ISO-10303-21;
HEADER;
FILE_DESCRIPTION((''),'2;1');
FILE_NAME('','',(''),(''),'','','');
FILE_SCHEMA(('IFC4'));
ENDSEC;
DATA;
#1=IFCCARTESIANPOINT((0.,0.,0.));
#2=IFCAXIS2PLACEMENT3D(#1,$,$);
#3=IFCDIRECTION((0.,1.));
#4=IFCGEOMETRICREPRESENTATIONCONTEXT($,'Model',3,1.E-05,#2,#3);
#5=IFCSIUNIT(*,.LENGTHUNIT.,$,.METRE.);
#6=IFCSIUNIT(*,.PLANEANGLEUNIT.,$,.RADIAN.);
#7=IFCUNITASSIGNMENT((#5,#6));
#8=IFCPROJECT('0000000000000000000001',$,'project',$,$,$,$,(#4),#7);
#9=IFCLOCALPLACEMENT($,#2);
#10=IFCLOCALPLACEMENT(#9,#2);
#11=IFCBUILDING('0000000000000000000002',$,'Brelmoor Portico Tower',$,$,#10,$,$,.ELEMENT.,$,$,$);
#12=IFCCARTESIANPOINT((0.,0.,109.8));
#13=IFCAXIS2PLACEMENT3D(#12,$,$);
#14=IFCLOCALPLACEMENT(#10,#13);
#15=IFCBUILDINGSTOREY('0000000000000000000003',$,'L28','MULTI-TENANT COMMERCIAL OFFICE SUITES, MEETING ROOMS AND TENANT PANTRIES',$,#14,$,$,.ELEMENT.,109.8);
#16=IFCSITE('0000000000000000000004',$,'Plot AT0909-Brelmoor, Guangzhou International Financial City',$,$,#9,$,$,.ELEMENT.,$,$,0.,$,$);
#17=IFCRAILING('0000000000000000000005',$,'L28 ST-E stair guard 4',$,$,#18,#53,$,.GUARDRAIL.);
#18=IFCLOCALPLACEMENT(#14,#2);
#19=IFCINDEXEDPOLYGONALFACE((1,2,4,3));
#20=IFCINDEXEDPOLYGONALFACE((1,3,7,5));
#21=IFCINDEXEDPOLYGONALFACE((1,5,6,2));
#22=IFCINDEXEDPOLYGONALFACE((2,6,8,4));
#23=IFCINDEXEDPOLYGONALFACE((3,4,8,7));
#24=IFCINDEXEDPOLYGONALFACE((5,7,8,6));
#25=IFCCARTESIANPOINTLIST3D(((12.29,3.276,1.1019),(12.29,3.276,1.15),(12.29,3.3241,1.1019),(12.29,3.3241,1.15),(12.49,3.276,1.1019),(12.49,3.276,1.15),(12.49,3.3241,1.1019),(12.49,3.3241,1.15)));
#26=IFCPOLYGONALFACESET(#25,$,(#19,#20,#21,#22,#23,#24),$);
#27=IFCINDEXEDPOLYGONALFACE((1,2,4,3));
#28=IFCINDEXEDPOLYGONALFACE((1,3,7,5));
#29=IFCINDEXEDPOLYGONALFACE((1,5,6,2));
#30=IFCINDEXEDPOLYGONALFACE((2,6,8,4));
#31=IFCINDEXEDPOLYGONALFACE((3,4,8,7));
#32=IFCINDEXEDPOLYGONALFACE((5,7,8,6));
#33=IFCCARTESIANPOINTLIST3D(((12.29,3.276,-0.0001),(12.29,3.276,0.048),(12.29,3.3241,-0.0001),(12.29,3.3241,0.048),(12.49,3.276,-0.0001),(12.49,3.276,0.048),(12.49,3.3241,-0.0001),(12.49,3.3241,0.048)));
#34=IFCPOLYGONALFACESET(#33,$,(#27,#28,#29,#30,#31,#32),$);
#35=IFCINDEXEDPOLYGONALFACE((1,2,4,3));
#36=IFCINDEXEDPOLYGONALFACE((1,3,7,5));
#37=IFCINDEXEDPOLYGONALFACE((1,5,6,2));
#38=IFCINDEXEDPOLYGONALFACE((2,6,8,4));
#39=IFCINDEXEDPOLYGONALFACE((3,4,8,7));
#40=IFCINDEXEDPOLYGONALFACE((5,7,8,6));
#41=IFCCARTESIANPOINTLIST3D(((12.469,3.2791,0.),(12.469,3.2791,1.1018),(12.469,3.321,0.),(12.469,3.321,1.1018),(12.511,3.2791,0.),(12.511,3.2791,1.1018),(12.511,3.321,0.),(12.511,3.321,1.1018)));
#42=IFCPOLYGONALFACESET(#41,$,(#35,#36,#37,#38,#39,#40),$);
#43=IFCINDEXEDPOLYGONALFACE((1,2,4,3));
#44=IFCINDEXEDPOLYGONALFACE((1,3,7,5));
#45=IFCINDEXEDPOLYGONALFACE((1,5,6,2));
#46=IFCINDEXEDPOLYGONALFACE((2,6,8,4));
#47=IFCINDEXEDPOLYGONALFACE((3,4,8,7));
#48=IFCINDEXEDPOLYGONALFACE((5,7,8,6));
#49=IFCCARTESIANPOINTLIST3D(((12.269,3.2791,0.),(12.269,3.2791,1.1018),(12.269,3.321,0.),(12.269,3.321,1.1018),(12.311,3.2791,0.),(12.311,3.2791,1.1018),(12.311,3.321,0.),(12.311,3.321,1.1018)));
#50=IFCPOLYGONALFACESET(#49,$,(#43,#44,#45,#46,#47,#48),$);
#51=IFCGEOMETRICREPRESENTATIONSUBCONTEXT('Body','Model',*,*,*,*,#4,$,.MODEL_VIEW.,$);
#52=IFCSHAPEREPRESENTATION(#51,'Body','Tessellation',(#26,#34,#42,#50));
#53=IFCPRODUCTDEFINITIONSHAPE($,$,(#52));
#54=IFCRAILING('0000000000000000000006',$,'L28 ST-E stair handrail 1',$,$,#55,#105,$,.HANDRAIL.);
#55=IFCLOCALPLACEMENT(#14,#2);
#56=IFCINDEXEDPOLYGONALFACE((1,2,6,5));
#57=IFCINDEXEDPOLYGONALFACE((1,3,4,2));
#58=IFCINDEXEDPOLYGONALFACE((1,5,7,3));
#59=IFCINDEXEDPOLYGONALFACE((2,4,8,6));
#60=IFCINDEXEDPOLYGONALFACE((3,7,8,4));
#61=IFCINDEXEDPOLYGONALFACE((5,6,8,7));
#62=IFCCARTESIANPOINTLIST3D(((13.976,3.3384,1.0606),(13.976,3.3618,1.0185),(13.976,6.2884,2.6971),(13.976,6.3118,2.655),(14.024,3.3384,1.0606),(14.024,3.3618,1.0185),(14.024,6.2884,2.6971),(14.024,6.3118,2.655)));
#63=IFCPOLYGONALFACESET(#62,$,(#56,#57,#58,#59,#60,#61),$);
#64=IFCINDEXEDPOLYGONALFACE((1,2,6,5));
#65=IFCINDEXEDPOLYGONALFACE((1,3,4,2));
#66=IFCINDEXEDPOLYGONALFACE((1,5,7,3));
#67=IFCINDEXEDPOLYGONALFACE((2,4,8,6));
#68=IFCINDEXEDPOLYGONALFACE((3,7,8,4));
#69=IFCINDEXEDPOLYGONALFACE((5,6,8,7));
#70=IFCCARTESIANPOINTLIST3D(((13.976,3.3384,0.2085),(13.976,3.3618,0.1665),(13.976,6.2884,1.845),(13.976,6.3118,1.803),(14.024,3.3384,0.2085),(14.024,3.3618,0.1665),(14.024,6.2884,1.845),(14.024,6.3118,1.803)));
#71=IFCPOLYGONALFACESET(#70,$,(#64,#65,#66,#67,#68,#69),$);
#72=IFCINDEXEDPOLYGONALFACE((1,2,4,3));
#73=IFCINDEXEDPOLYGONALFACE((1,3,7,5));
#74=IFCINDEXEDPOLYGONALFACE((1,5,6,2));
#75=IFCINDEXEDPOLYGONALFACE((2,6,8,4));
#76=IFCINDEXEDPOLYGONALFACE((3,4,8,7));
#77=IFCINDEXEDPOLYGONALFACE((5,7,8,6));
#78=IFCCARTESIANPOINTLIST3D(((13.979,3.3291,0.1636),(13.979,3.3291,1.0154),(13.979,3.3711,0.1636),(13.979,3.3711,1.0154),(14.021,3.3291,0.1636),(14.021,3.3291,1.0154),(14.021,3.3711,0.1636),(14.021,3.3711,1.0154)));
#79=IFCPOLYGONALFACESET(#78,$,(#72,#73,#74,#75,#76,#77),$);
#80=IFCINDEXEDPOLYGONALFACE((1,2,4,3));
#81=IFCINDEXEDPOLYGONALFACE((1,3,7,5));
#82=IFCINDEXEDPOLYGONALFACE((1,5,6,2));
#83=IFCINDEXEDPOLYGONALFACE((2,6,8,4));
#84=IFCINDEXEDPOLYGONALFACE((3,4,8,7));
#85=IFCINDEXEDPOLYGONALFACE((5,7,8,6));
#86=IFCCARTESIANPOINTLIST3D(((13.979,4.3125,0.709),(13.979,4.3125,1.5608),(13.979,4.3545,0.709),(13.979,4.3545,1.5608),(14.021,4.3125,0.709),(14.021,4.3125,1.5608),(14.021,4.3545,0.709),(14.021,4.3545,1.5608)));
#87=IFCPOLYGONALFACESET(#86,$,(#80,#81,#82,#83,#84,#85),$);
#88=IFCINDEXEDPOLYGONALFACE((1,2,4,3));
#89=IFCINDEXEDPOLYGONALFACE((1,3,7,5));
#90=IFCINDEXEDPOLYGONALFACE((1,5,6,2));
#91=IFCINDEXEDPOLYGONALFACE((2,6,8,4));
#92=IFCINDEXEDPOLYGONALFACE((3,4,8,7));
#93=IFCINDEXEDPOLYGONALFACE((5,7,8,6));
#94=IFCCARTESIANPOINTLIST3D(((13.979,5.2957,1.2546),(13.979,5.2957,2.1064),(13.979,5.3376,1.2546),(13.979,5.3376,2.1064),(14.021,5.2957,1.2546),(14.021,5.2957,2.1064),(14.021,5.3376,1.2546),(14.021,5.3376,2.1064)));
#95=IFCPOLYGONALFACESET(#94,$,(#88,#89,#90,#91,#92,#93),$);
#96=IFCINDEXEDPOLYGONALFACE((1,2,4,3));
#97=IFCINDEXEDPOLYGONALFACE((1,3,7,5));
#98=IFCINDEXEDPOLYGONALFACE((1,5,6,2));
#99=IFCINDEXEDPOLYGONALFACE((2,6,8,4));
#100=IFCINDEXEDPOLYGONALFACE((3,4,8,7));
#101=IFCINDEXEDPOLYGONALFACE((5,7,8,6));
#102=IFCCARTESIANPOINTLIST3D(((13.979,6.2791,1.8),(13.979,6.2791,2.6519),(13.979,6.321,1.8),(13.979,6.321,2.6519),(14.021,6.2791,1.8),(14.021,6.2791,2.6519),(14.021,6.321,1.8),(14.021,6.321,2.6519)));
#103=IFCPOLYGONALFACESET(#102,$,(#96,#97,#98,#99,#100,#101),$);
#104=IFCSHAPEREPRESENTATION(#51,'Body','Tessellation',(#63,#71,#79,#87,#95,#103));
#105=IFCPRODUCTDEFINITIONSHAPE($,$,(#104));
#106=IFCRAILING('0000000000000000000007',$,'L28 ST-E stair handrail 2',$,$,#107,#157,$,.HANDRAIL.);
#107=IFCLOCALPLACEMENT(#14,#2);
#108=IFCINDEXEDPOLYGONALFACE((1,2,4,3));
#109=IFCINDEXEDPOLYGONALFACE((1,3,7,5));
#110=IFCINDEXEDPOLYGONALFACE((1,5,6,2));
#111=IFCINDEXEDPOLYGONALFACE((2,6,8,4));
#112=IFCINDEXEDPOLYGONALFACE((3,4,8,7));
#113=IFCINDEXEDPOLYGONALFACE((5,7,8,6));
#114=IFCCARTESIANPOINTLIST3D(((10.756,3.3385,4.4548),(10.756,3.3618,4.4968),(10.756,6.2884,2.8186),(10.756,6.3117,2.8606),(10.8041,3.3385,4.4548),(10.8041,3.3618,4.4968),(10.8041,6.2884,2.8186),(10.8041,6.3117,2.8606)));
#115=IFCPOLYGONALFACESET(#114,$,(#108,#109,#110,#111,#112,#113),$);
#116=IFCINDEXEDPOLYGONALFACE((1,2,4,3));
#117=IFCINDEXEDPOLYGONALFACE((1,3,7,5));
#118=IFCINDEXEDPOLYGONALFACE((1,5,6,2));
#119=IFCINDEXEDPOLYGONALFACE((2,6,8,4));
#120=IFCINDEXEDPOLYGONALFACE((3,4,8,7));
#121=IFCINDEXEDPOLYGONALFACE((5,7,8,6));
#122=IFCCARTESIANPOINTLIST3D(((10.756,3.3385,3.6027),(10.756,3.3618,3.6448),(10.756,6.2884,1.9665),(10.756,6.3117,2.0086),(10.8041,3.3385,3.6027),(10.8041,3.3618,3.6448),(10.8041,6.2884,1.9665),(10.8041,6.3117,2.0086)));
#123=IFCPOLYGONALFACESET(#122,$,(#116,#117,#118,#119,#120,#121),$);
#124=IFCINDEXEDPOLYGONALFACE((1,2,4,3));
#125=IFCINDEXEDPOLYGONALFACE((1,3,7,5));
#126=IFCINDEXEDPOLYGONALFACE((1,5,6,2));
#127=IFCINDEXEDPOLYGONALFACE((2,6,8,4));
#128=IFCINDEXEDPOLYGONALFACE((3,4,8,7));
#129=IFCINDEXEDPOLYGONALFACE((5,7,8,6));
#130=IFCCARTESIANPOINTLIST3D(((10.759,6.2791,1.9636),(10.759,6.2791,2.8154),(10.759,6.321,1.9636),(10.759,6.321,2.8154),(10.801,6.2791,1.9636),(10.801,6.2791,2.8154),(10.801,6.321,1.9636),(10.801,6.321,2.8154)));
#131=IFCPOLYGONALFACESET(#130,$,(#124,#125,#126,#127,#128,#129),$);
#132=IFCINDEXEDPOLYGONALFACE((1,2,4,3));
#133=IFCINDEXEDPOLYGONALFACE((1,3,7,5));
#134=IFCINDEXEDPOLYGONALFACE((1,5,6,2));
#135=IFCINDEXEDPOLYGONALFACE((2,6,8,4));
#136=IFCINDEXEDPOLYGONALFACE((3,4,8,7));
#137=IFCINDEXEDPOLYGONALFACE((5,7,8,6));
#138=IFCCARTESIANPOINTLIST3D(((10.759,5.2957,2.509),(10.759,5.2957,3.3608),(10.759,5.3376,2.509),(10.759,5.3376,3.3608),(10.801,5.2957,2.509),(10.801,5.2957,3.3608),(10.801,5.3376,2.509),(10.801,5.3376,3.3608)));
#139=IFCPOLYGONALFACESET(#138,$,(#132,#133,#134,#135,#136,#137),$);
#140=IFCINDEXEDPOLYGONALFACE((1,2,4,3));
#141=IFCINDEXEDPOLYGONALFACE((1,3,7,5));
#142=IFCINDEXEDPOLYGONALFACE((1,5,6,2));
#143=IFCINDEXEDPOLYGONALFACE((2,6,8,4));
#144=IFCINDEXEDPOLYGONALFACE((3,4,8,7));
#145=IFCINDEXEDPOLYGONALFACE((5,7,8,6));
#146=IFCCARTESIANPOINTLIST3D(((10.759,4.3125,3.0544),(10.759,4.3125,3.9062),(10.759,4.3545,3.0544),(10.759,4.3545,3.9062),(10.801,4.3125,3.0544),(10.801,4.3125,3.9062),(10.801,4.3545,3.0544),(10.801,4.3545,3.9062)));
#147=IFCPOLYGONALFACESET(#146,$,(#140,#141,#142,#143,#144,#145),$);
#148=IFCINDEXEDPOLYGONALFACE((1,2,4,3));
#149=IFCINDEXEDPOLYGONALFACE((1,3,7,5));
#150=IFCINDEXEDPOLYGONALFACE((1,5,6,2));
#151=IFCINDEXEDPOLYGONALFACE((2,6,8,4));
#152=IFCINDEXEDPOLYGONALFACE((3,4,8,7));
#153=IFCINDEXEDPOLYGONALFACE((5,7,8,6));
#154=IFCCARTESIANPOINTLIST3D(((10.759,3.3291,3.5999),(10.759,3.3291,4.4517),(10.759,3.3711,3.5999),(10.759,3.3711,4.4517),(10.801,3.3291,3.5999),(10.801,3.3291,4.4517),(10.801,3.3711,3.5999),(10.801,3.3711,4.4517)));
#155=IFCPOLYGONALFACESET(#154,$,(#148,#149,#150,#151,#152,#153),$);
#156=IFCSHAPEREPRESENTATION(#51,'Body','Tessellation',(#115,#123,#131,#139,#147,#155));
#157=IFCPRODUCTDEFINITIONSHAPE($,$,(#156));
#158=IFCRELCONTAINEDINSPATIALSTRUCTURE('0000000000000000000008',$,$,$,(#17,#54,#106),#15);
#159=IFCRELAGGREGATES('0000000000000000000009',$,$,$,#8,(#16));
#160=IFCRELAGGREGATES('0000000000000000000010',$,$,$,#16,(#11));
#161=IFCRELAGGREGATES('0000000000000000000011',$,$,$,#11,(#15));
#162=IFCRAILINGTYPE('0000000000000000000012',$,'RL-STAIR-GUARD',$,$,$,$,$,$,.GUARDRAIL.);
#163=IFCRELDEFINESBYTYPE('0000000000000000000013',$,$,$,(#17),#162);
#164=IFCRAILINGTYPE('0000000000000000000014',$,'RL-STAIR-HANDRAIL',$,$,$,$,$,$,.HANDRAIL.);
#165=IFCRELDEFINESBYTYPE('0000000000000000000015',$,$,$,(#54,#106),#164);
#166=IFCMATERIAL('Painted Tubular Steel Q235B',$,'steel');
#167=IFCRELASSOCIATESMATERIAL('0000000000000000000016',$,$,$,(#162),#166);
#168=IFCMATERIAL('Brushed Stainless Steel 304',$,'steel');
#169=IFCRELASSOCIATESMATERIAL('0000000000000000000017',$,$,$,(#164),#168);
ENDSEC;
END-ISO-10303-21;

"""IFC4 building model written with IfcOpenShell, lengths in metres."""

from ifc_helpers import new_model, si_unit, direction, frame, origin, origin_2d, place, context, subcontext, project, spatial, rectangle, extrude, material, type_object, element, save


model = new_model("IFC4")

# Units and contexts
model_context = context("Model", 3, precision=1e-05, world=origin(), true_north=direction((0.0, 1.0)))
body_context = subcontext(model_context, "Body", "Model", "MODEL_VIEW")
ifc_project = project(units=[si_unit("LENGTHUNIT", "METRE"), si_unit("PLANEANGLEUNIT", "RADIAN")], contexts=[model_context])

# Site, building, storey
site_placement = place(None, origin())
site = spatial("IfcSite", under=ifc_project, at=site_placement, Name="Plot AT0909-Brelmoor, Guangzhou International Financial City", CompositionType="ELEMENT", RefElevation=0.0)
building_placement = place(site_placement, origin())
building = spatial("IfcBuilding", under=site, at=building_placement, Name="Brelmoor Portico Tower", CompositionType="ELEMENT")
storey_placement = place(building_placement, frame((0.0, 0.0, 109.8)))
storey = spatial("IfcBuildingStorey", under=building, at=storey_placement, Name="L28", Description="MULTI-TENANT COMMERCIAL OFFICE SUITES, MEETING ROOMS AND TENANT PANTRIES", CompositionType="ELEMENT", Elevation=109.8)

# Railings
ifc_material_1 = material(Name="Painted Tubular Steel Q235B", Category="steel")
railing_type_1 = type_object("IfcRailingType", Name="RL-STAIR-GUARD", PredefinedType="GUARDRAIL", material=ifc_material_1)
railing_1_placement = place(storey_placement, frame((12.49, 3.3, 0.0)))
element("IfcRailing", 1, at=railing_1_placement, inside=storey, type_object=railing_type_1, Name="L28 ST-E stair guard 4", PredefinedType="GUARDRAIL", context=body_context, shape_type="SweptSolid", body=[
    extrude(rectangle(XDim=0.0481, YDim=0.0481, at=origin_2d()), frame((0.0, 0.0, 1.126), z_axis=(-1.0, 0.0, 0.0), x_axis=(0.0, -1.0, 0.0)), (0.0, 0.0, 1.0), 0.2),
    extrude(rectangle(XDim=0.0481, YDim=0.0481, at=origin_2d()), frame((0.0, 0.0, 0.0239), z_axis=(-1.0, 0.0, 0.0), x_axis=(0.0, -1.0, 0.0)), (0.0, 0.0, 1.0), 0.2),
    extrude(rectangle(XDim=0.042, YDim=0.042, at=origin_2d()), origin(), (0.0, 0.0, 1.0), 1.1018),
    extrude(rectangle(XDim=0.042, YDim=0.042, at=origin_2d()), frame((-0.2, 0.0, 0.0)), (0.0, 0.0, 1.0), 1.1018),
])
ifc_material_2 = material(Name="Brushed Stainless Steel 304", Category="steel")
railing_type_2 = type_object("IfcRailingType", Name="RL-STAIR-HANDRAIL", PredefinedType="HANDRAIL", material=ifc_material_2)
railing_2_placement = place(storey_placement, frame((14.0, 3.3501, 0.1636)))
element("IfcRailing", 2, at=railing_2_placement, inside=storey, type_object=railing_type_2, Name="L28 ST-E stair handrail 1", PredefinedType="HANDRAIL", context=body_context, shape_type="SweptSolid", body=[
    extrude(rectangle(XDim=0.0481, YDim=0.0481, at=origin_2d()), frame((0.0, 0.0, 0.876), z_axis=(0.0, 0.874458, 0.485102), x_axis=(-1.0, 0.0, 0.0)), (0.0, 0.0, 1.0), 3.3735),
    extrude(rectangle(XDim=0.0481, YDim=0.0481, at=origin_2d()), frame((0.0, 0.0, 0.0239), z_axis=(0.0, 0.874458, 0.485102), x_axis=(-1.0, 0.0, 0.0)), (0.0, 0.0, 1.0), 3.3735),
    extrude(rectangle(XDim=0.042, YDim=0.042, at=origin_2d()), origin(), (0.0, 0.0, 1.0), 0.8518),
    extrude(rectangle(XDim=0.042, YDim=0.042, at=origin_2d()), frame((0.0, 0.9834, 0.5454)), (0.0, 0.0, 1.0), 0.8518),
    extrude(rectangle(XDim=0.042, YDim=0.042, at=origin_2d()), frame((0.0, 1.9666, 1.0911)), (0.0, 0.0, 1.0), 0.8518),
    extrude(rectangle(XDim=0.042, YDim=0.042, at=origin_2d()), frame((0.0, 2.95, 1.6365)), (0.0, 0.0, 1.0), 0.8518),
])
railing_3_placement = place(storey_placement, frame((10.78, 6.3, 1.9636)))
element("IfcRailing", 3, at=railing_3_placement, inside=storey, type_object=railing_type_2, Name="L28 ST-E stair handrail 2", PredefinedType="HANDRAIL", context=body_context, shape_type="SweptSolid", body=[
    extrude(rectangle(XDim=0.0481, YDim=0.0481, at=origin_2d()), frame((0.0, 0.0, 0.876), z_axis=(0.0, -0.874488, 0.485047), x_axis=(1.0, 0.0, 0.0)), (0.0, 0.0, 1.0), 3.3733),
    extrude(rectangle(XDim=0.0481, YDim=0.0481, at=origin_2d()), frame((0.0, 0.0, 0.0239), z_axis=(0.0, -0.874488, 0.485047), x_axis=(1.0, 0.0, 0.0)), (0.0, 0.0, 1.0), 3.3733),
    extrude(rectangle(XDim=0.042, YDim=0.042, at=origin_2d()), origin(), (0.0, 0.0, 1.0), 0.8518),
    extrude(rectangle(XDim=0.042, YDim=0.042, at=origin_2d()), frame((0.0, -0.9834, 0.5454)), (0.0, 0.0, 1.0), 0.8518),
    extrude(rectangle(XDim=0.042, YDim=0.042, at=origin_2d()), frame((0.0, -1.9666, 1.0908)), (0.0, 0.0, 1.0), 0.8518),
    extrude(rectangle(XDim=0.042, YDim=0.042, at=origin_2d()), frame((0.0, -2.95, 1.6362)), (0.0, 0.0, 1.0), 0.8518),
])

save(model, "model.ifc")
